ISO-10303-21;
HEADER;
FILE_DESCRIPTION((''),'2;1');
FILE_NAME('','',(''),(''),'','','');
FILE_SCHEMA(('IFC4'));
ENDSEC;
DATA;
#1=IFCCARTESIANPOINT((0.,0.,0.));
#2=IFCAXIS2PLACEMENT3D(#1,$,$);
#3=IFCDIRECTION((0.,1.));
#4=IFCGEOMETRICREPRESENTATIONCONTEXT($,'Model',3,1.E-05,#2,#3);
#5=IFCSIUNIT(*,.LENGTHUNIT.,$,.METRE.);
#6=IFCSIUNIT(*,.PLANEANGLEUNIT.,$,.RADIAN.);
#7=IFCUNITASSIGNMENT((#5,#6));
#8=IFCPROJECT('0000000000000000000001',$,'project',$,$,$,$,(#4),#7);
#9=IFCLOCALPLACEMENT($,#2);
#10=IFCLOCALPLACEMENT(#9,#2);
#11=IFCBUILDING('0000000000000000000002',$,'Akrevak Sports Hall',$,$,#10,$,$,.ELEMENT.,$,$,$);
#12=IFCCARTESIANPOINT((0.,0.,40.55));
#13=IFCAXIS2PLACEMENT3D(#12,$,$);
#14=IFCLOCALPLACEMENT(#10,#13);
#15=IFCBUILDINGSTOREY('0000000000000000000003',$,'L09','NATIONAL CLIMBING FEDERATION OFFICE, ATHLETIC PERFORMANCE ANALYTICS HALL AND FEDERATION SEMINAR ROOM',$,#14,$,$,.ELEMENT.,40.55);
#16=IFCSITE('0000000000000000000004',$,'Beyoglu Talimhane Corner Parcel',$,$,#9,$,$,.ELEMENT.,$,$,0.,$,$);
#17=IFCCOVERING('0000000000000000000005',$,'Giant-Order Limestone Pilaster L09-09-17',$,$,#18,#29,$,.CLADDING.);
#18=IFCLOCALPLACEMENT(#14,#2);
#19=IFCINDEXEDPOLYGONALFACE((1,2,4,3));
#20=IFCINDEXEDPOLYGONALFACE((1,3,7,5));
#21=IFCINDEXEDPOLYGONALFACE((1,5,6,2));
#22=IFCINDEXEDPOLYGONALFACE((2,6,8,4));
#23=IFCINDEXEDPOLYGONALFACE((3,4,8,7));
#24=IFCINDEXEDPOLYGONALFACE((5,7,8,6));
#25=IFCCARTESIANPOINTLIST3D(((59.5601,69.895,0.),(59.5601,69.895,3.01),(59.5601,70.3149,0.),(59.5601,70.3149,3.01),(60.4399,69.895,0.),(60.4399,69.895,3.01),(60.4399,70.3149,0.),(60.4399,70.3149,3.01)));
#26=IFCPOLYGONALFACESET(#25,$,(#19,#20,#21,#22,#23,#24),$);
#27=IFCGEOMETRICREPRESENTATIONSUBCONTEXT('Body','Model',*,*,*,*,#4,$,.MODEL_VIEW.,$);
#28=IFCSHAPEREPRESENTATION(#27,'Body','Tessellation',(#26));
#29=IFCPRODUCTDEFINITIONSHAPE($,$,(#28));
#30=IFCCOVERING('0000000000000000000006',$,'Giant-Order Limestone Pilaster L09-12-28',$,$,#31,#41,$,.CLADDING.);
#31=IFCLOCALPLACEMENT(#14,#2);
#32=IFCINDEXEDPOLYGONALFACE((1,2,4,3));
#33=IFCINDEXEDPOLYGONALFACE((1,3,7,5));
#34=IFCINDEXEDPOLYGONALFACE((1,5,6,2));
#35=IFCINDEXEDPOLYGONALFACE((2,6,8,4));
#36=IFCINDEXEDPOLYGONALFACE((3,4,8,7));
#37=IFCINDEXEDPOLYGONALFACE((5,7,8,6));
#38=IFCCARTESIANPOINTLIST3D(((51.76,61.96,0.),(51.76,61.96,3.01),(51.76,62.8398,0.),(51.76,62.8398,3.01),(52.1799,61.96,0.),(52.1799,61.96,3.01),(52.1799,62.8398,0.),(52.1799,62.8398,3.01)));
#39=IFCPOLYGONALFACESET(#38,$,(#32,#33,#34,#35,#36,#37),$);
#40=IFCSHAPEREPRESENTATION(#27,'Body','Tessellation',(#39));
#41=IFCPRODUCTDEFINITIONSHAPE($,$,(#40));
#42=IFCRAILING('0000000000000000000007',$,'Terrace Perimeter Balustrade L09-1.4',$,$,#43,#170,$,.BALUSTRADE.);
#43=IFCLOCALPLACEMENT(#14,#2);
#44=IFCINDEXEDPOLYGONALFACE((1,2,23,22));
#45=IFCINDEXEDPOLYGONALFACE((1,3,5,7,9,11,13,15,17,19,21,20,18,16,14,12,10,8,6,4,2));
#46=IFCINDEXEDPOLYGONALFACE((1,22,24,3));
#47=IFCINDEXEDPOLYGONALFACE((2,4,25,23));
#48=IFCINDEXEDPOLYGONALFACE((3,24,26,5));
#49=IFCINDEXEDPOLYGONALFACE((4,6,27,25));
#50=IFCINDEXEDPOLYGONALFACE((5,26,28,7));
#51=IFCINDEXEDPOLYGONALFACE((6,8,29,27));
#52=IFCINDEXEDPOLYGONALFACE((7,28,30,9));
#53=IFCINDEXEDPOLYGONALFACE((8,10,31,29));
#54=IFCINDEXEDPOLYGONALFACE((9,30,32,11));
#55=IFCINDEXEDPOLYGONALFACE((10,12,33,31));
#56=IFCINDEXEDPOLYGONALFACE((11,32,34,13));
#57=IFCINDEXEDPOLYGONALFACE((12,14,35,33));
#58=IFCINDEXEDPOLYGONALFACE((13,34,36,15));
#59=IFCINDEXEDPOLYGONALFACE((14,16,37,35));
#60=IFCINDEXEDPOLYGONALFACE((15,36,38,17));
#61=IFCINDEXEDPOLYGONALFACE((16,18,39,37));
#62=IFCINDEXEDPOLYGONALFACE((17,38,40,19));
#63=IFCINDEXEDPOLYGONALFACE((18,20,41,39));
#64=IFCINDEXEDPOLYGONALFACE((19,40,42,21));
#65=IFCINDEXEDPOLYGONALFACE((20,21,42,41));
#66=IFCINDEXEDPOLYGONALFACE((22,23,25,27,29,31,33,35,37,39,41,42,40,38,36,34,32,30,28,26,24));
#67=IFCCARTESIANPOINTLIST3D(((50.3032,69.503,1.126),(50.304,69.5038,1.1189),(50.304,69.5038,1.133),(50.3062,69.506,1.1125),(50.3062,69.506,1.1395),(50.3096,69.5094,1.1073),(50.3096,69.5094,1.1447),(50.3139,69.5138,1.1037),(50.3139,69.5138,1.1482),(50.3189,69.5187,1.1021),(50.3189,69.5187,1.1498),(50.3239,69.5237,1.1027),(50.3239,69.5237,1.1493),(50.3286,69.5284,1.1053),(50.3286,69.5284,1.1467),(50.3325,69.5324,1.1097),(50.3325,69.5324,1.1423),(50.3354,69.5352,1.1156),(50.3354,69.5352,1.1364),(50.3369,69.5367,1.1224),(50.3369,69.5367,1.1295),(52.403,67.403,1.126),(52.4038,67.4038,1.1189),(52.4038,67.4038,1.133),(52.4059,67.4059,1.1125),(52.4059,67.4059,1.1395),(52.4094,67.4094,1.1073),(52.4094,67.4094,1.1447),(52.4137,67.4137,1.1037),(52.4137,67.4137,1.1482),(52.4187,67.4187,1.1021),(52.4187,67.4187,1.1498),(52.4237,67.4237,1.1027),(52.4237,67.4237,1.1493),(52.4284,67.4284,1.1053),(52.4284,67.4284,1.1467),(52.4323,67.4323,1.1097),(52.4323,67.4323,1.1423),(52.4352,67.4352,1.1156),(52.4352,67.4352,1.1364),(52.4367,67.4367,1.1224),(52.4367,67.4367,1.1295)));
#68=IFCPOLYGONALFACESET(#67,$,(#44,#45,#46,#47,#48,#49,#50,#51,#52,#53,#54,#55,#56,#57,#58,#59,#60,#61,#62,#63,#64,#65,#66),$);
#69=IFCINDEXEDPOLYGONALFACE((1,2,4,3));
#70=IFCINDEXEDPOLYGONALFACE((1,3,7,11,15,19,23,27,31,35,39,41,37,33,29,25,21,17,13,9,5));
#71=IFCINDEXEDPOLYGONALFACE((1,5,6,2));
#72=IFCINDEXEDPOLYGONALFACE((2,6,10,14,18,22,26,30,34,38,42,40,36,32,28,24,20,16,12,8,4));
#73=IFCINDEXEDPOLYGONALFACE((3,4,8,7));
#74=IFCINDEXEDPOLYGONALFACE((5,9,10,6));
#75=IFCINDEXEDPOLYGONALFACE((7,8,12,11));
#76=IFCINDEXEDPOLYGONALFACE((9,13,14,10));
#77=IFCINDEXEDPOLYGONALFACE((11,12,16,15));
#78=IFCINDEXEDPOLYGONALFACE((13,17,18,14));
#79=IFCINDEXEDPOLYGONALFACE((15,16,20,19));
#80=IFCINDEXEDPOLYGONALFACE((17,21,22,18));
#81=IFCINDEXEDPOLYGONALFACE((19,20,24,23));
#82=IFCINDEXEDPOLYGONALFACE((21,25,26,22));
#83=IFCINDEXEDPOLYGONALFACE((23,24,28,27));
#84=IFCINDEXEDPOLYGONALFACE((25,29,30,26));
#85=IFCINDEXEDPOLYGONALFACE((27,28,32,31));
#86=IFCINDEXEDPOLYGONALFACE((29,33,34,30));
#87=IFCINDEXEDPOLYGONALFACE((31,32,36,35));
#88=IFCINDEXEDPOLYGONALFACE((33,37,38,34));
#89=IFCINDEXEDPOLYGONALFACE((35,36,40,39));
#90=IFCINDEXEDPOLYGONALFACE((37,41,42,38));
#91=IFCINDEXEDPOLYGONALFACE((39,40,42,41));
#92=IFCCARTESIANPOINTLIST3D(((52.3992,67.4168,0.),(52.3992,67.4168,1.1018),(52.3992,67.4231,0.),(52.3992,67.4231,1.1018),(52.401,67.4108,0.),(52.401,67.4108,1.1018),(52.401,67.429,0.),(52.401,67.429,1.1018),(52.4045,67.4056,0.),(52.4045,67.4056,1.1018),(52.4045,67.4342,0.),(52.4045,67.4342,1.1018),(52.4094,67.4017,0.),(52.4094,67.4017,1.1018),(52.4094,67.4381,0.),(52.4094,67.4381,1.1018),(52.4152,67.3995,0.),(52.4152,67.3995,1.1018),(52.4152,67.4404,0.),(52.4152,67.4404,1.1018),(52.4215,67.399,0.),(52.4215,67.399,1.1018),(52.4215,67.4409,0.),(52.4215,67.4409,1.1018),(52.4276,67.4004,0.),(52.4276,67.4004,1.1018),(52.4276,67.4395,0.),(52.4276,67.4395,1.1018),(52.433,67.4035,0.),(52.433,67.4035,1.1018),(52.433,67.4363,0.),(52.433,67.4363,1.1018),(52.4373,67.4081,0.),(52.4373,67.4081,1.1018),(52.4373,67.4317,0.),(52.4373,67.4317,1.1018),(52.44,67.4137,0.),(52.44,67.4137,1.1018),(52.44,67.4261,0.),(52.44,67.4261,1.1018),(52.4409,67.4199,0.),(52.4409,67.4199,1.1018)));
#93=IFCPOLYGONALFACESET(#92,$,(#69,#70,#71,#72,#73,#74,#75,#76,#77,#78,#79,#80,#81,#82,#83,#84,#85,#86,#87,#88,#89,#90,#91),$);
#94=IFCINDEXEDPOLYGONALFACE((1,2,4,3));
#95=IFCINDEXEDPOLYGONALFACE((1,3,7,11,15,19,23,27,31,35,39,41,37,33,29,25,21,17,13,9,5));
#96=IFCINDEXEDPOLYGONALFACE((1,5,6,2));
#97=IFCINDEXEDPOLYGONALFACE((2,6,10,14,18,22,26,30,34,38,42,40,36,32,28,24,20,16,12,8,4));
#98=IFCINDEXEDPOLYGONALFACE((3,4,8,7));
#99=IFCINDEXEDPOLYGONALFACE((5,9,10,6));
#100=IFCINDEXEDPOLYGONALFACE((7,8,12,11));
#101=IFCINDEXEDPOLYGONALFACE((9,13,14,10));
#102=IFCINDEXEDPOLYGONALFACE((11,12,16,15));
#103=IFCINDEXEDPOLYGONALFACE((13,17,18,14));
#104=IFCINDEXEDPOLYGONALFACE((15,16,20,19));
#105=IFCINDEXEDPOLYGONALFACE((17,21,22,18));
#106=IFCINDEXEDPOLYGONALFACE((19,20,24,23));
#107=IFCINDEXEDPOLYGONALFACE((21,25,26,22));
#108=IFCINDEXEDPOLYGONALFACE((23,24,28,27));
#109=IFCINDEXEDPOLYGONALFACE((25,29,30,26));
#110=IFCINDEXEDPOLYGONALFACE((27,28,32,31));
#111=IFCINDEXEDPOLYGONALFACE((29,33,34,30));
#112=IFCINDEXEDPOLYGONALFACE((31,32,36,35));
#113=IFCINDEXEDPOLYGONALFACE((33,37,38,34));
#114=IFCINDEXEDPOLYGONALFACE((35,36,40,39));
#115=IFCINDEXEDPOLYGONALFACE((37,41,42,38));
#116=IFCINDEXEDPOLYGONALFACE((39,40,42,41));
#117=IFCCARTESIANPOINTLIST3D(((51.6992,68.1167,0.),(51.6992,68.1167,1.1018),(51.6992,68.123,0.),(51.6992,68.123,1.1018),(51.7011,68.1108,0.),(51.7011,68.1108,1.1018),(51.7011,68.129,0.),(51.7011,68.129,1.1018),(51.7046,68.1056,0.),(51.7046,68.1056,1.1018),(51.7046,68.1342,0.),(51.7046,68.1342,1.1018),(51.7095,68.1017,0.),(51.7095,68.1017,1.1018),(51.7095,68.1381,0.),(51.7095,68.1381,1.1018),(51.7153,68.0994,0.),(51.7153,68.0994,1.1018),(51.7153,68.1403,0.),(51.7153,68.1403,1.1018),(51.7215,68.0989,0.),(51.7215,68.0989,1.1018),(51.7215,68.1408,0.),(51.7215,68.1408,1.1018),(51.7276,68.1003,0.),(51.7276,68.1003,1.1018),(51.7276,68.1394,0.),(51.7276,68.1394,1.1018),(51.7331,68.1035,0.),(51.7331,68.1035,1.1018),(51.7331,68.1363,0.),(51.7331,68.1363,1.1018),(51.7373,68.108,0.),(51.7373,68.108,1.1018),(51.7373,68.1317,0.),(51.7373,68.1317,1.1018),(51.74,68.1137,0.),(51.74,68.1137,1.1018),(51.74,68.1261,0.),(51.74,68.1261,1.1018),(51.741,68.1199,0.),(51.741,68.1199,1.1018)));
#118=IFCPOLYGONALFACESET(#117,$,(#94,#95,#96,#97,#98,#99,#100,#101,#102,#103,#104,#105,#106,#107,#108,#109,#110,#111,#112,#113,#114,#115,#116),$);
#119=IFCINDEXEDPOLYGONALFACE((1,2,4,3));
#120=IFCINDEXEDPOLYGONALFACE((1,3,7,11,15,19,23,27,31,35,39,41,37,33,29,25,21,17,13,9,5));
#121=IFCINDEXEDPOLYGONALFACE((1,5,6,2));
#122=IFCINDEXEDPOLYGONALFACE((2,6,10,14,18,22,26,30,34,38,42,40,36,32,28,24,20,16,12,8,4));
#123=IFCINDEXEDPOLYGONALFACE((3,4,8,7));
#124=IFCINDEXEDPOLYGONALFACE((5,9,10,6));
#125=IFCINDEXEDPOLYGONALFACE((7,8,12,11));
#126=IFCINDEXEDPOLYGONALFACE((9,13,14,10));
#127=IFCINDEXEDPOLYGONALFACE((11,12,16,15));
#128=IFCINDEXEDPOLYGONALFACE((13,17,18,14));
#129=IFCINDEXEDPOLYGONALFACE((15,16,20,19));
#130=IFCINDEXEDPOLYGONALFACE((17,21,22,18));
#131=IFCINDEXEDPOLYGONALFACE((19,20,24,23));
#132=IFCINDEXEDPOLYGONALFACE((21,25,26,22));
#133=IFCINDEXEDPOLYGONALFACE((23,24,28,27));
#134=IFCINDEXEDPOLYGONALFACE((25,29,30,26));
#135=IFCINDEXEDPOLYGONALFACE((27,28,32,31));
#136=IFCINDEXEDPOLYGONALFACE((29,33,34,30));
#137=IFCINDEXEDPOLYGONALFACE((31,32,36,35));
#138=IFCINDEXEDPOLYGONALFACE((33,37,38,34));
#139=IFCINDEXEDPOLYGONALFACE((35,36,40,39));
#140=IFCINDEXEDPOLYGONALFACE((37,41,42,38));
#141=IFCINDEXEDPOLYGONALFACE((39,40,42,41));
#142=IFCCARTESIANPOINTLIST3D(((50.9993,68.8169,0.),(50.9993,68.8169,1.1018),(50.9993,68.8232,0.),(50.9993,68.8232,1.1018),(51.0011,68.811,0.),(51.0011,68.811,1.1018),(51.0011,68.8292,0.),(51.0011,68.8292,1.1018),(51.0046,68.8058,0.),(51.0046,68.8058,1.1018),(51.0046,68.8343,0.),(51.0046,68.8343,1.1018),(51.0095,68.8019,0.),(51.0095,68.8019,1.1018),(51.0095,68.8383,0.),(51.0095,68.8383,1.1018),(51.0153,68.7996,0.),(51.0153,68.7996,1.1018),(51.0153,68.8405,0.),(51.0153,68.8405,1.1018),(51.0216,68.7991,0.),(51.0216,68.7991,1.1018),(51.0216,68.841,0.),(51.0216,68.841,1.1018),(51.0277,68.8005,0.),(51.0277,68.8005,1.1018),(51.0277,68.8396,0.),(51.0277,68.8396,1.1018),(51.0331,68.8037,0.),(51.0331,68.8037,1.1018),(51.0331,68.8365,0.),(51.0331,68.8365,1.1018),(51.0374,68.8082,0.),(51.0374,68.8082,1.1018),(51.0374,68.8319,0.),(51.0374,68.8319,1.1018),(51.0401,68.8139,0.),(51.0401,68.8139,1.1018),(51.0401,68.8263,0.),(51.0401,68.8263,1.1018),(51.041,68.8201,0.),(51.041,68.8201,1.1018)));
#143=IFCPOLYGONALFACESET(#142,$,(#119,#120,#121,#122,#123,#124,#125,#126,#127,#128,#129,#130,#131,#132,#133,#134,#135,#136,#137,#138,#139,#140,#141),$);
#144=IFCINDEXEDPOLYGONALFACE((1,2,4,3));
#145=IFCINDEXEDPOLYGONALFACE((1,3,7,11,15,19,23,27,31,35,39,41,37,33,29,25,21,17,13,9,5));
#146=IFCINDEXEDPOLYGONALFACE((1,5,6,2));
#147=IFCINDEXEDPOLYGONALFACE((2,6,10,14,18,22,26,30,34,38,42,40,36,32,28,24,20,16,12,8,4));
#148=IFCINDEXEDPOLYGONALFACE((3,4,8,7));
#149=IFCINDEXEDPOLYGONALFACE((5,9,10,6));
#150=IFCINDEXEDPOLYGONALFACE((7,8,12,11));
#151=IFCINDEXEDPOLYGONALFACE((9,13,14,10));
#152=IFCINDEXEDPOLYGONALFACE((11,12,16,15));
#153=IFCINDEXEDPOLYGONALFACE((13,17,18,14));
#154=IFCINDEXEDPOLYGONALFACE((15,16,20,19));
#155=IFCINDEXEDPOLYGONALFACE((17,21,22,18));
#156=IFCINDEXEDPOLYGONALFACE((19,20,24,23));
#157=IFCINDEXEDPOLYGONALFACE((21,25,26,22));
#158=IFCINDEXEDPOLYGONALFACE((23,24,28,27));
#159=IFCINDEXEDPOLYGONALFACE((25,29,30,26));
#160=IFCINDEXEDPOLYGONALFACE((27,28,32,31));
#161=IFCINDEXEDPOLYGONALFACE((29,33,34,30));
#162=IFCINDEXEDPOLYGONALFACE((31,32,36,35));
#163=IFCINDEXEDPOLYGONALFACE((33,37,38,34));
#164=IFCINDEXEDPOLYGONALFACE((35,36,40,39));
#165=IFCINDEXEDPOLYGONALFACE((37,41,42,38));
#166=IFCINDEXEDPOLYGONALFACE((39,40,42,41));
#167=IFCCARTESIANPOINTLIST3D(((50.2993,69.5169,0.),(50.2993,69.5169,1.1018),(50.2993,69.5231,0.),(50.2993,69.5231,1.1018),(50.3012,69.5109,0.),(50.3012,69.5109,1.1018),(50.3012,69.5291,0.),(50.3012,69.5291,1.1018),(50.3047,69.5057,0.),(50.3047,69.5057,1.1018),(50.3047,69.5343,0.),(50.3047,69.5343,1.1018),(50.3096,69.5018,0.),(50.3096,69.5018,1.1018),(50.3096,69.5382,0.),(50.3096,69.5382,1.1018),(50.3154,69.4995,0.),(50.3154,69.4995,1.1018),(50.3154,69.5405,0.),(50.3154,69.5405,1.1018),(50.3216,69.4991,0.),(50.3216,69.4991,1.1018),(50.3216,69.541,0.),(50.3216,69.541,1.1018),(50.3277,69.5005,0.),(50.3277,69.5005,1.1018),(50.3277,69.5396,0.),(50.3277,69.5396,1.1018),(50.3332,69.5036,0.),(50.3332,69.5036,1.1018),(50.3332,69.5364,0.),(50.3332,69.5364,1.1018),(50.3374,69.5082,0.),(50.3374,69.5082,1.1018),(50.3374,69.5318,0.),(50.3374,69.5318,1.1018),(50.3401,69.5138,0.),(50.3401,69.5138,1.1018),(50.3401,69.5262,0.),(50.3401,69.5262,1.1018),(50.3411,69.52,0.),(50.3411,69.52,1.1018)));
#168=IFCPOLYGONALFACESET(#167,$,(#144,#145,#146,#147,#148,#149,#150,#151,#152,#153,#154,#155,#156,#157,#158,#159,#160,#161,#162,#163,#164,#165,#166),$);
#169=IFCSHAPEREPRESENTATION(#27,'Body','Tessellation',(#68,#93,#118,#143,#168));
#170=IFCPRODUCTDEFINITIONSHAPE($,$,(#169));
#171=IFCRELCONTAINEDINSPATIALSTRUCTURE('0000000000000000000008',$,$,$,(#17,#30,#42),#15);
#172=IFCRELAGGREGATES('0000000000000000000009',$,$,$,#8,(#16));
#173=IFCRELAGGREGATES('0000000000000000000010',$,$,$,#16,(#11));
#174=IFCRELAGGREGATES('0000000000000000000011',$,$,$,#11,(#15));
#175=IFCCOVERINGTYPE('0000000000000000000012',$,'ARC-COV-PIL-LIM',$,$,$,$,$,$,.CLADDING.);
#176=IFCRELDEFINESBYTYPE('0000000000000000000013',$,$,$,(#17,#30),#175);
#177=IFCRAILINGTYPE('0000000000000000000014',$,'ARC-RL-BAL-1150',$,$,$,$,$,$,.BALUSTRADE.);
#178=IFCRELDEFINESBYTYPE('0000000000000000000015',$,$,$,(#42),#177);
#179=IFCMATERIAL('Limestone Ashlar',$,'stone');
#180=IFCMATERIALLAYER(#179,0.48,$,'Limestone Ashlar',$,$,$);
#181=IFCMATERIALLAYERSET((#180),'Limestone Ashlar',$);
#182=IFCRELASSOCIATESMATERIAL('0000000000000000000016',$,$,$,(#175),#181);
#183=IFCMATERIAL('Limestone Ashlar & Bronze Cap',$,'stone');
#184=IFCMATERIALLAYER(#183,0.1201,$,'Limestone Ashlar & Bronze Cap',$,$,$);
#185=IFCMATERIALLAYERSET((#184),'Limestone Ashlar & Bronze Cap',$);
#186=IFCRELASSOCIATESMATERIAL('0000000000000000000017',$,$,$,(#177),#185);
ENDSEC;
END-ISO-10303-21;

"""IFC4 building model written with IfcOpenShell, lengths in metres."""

from ifc_helpers import new_model, si_unit, direction, frame, origin, origin_2d, place, context, subcontext, project, spatial, rectangle, circle, extrude, material, layer, layer_set, type_object, element, save


model = new_model("IFC4")

# Units and contexts
model_context = context("Model", 3, precision=1e-05, world=origin(), true_north=direction((0.0, 1.0)))
body_context = subcontext(model_context, "Body", "Model", "MODEL_VIEW")
ifc_project = project(units=[si_unit("LENGTHUNIT", "METRE"), si_unit("PLANEANGLEUNIT", "RADIAN")], contexts=[model_context])

# Site, building, storey
site_placement = place(None, origin())
site = spatial("IfcSite", under=ifc_project, at=site_placement, Name="Beyoglu Talimhane Corner Parcel", CompositionType="ELEMENT", RefElevation=0.0)
building_placement = place(site_placement, origin())
building = spatial("IfcBuilding", under=site, at=building_placement, Name="Akrevak Sports Hall", CompositionType="ELEMENT")
storey_placement = place(building_placement, frame((0.0, 0.0, 40.55)))
storey = spatial("IfcBuildingStorey", under=building, at=storey_placement, Name="L09", Description="NATIONAL CLIMBING FEDERATION OFFICE, ATHLETIC PERFORMANCE ANALYTICS HALL AND FEDERATION SEMINAR ROOM", CompositionType="ELEMENT", Elevation=40.55)

# Shared definitions
ifc_material_1 = material(Name="Limestone Ashlar", Category="stone")

# Coverings
ifc_layer_1 = layer(ifc_material_1, 0.48, Name="Limestone Ashlar")
ifc_layer_set_1 = layer_set([ifc_layer_1], Name="Limestone Ashlar")
covering_type_1 = type_object("IfcCoveringType", Name="ARC-COV-PIL-LIM", PredefinedType="CLADDING", material=ifc_layer_set_1)
for number, where, z_axis, x_axis, name in (
    (1, (60.0, 70.105, 0.0), (0.0, 0.0, 1.0), (-1.0, 0.0, 0.0), "Giant-Order Limestone Pilaster L09-09-17"),
    (2, (51.97, 62.3999, 0.0), (0.0, 0.0, 1.0), (0.0, -1.0, 0.0), "Giant-Order Limestone Pilaster L09-12-28"),
):
    element("IfcCovering", number, at=place(storey_placement, frame(where, z_axis=z_axis, x_axis=x_axis)), inside=storey, type_object=covering_type_1, Name=name, PredefinedType="CLADDING", context=body_context, shape_type="SweptSolid", body=[
        extrude(rectangle(XDim=0.8799, YDim=0.4199, at=origin_2d()), origin(), (0.0, 0.0, 1.0), 3.01),
    ])

# Railing
ifc_material_2 = material(Name="Limestone Ashlar & Bronze Cap", Category="stone")
ifc_layer_2 = layer(ifc_material_2, 0.1201, Name="Limestone Ashlar & Bronze Cap")
ifc_layer_set_2 = layer_set([ifc_layer_2], Name="Limestone Ashlar & Bronze Cap")
railing_type = type_object("IfcRailingType", Name="ARC-RL-BAL-1150", PredefinedType="BALUSTRADE", material=ifc_layer_set_2)
railing_1_placement = place(storey_placement, frame((52.4199, 67.4199, 0.0)))
element("IfcRailing", 3, at=railing_1_placement, inside=storey, type_object=railing_type, Name="Terrace Perimeter Balustrade L09-1.4", PredefinedType="BALUSTRADE", context=body_context, shape_type="SweptSolid", body=[
    extrude(circle(Radius=0.0239, at=origin_2d()), frame((0.0, 0.0, 1.126), z_axis=(-0.707066, 0.707148, 0.0), x_axis=(-0.707148, -0.707066, 0.0)), (0.0, 0.0, 1.0), 2.9697),
    extrude(circle(Radius=0.021, at=origin_2d()), origin(), (0.0, 0.0, 1.0), 1.1018),
    extrude(circle(Radius=0.021, at=origin_2d()), frame((-0.7, 0.7, 0.0)), (0.0, 0.0, 1.0), 1.1018),
    extrude(circle(Radius=0.021, at=origin_2d()), frame((-1.3999, 1.4001, 0.0)), (0.0, 0.0, 1.0), 1.1018),
    extrude(circle(Radius=0.021, at=origin_2d()), frame((-2.0999, 2.1001, 0.0)), (0.0, 0.0, 1.0), 1.1018),
])

save(model, "model.ifc")
